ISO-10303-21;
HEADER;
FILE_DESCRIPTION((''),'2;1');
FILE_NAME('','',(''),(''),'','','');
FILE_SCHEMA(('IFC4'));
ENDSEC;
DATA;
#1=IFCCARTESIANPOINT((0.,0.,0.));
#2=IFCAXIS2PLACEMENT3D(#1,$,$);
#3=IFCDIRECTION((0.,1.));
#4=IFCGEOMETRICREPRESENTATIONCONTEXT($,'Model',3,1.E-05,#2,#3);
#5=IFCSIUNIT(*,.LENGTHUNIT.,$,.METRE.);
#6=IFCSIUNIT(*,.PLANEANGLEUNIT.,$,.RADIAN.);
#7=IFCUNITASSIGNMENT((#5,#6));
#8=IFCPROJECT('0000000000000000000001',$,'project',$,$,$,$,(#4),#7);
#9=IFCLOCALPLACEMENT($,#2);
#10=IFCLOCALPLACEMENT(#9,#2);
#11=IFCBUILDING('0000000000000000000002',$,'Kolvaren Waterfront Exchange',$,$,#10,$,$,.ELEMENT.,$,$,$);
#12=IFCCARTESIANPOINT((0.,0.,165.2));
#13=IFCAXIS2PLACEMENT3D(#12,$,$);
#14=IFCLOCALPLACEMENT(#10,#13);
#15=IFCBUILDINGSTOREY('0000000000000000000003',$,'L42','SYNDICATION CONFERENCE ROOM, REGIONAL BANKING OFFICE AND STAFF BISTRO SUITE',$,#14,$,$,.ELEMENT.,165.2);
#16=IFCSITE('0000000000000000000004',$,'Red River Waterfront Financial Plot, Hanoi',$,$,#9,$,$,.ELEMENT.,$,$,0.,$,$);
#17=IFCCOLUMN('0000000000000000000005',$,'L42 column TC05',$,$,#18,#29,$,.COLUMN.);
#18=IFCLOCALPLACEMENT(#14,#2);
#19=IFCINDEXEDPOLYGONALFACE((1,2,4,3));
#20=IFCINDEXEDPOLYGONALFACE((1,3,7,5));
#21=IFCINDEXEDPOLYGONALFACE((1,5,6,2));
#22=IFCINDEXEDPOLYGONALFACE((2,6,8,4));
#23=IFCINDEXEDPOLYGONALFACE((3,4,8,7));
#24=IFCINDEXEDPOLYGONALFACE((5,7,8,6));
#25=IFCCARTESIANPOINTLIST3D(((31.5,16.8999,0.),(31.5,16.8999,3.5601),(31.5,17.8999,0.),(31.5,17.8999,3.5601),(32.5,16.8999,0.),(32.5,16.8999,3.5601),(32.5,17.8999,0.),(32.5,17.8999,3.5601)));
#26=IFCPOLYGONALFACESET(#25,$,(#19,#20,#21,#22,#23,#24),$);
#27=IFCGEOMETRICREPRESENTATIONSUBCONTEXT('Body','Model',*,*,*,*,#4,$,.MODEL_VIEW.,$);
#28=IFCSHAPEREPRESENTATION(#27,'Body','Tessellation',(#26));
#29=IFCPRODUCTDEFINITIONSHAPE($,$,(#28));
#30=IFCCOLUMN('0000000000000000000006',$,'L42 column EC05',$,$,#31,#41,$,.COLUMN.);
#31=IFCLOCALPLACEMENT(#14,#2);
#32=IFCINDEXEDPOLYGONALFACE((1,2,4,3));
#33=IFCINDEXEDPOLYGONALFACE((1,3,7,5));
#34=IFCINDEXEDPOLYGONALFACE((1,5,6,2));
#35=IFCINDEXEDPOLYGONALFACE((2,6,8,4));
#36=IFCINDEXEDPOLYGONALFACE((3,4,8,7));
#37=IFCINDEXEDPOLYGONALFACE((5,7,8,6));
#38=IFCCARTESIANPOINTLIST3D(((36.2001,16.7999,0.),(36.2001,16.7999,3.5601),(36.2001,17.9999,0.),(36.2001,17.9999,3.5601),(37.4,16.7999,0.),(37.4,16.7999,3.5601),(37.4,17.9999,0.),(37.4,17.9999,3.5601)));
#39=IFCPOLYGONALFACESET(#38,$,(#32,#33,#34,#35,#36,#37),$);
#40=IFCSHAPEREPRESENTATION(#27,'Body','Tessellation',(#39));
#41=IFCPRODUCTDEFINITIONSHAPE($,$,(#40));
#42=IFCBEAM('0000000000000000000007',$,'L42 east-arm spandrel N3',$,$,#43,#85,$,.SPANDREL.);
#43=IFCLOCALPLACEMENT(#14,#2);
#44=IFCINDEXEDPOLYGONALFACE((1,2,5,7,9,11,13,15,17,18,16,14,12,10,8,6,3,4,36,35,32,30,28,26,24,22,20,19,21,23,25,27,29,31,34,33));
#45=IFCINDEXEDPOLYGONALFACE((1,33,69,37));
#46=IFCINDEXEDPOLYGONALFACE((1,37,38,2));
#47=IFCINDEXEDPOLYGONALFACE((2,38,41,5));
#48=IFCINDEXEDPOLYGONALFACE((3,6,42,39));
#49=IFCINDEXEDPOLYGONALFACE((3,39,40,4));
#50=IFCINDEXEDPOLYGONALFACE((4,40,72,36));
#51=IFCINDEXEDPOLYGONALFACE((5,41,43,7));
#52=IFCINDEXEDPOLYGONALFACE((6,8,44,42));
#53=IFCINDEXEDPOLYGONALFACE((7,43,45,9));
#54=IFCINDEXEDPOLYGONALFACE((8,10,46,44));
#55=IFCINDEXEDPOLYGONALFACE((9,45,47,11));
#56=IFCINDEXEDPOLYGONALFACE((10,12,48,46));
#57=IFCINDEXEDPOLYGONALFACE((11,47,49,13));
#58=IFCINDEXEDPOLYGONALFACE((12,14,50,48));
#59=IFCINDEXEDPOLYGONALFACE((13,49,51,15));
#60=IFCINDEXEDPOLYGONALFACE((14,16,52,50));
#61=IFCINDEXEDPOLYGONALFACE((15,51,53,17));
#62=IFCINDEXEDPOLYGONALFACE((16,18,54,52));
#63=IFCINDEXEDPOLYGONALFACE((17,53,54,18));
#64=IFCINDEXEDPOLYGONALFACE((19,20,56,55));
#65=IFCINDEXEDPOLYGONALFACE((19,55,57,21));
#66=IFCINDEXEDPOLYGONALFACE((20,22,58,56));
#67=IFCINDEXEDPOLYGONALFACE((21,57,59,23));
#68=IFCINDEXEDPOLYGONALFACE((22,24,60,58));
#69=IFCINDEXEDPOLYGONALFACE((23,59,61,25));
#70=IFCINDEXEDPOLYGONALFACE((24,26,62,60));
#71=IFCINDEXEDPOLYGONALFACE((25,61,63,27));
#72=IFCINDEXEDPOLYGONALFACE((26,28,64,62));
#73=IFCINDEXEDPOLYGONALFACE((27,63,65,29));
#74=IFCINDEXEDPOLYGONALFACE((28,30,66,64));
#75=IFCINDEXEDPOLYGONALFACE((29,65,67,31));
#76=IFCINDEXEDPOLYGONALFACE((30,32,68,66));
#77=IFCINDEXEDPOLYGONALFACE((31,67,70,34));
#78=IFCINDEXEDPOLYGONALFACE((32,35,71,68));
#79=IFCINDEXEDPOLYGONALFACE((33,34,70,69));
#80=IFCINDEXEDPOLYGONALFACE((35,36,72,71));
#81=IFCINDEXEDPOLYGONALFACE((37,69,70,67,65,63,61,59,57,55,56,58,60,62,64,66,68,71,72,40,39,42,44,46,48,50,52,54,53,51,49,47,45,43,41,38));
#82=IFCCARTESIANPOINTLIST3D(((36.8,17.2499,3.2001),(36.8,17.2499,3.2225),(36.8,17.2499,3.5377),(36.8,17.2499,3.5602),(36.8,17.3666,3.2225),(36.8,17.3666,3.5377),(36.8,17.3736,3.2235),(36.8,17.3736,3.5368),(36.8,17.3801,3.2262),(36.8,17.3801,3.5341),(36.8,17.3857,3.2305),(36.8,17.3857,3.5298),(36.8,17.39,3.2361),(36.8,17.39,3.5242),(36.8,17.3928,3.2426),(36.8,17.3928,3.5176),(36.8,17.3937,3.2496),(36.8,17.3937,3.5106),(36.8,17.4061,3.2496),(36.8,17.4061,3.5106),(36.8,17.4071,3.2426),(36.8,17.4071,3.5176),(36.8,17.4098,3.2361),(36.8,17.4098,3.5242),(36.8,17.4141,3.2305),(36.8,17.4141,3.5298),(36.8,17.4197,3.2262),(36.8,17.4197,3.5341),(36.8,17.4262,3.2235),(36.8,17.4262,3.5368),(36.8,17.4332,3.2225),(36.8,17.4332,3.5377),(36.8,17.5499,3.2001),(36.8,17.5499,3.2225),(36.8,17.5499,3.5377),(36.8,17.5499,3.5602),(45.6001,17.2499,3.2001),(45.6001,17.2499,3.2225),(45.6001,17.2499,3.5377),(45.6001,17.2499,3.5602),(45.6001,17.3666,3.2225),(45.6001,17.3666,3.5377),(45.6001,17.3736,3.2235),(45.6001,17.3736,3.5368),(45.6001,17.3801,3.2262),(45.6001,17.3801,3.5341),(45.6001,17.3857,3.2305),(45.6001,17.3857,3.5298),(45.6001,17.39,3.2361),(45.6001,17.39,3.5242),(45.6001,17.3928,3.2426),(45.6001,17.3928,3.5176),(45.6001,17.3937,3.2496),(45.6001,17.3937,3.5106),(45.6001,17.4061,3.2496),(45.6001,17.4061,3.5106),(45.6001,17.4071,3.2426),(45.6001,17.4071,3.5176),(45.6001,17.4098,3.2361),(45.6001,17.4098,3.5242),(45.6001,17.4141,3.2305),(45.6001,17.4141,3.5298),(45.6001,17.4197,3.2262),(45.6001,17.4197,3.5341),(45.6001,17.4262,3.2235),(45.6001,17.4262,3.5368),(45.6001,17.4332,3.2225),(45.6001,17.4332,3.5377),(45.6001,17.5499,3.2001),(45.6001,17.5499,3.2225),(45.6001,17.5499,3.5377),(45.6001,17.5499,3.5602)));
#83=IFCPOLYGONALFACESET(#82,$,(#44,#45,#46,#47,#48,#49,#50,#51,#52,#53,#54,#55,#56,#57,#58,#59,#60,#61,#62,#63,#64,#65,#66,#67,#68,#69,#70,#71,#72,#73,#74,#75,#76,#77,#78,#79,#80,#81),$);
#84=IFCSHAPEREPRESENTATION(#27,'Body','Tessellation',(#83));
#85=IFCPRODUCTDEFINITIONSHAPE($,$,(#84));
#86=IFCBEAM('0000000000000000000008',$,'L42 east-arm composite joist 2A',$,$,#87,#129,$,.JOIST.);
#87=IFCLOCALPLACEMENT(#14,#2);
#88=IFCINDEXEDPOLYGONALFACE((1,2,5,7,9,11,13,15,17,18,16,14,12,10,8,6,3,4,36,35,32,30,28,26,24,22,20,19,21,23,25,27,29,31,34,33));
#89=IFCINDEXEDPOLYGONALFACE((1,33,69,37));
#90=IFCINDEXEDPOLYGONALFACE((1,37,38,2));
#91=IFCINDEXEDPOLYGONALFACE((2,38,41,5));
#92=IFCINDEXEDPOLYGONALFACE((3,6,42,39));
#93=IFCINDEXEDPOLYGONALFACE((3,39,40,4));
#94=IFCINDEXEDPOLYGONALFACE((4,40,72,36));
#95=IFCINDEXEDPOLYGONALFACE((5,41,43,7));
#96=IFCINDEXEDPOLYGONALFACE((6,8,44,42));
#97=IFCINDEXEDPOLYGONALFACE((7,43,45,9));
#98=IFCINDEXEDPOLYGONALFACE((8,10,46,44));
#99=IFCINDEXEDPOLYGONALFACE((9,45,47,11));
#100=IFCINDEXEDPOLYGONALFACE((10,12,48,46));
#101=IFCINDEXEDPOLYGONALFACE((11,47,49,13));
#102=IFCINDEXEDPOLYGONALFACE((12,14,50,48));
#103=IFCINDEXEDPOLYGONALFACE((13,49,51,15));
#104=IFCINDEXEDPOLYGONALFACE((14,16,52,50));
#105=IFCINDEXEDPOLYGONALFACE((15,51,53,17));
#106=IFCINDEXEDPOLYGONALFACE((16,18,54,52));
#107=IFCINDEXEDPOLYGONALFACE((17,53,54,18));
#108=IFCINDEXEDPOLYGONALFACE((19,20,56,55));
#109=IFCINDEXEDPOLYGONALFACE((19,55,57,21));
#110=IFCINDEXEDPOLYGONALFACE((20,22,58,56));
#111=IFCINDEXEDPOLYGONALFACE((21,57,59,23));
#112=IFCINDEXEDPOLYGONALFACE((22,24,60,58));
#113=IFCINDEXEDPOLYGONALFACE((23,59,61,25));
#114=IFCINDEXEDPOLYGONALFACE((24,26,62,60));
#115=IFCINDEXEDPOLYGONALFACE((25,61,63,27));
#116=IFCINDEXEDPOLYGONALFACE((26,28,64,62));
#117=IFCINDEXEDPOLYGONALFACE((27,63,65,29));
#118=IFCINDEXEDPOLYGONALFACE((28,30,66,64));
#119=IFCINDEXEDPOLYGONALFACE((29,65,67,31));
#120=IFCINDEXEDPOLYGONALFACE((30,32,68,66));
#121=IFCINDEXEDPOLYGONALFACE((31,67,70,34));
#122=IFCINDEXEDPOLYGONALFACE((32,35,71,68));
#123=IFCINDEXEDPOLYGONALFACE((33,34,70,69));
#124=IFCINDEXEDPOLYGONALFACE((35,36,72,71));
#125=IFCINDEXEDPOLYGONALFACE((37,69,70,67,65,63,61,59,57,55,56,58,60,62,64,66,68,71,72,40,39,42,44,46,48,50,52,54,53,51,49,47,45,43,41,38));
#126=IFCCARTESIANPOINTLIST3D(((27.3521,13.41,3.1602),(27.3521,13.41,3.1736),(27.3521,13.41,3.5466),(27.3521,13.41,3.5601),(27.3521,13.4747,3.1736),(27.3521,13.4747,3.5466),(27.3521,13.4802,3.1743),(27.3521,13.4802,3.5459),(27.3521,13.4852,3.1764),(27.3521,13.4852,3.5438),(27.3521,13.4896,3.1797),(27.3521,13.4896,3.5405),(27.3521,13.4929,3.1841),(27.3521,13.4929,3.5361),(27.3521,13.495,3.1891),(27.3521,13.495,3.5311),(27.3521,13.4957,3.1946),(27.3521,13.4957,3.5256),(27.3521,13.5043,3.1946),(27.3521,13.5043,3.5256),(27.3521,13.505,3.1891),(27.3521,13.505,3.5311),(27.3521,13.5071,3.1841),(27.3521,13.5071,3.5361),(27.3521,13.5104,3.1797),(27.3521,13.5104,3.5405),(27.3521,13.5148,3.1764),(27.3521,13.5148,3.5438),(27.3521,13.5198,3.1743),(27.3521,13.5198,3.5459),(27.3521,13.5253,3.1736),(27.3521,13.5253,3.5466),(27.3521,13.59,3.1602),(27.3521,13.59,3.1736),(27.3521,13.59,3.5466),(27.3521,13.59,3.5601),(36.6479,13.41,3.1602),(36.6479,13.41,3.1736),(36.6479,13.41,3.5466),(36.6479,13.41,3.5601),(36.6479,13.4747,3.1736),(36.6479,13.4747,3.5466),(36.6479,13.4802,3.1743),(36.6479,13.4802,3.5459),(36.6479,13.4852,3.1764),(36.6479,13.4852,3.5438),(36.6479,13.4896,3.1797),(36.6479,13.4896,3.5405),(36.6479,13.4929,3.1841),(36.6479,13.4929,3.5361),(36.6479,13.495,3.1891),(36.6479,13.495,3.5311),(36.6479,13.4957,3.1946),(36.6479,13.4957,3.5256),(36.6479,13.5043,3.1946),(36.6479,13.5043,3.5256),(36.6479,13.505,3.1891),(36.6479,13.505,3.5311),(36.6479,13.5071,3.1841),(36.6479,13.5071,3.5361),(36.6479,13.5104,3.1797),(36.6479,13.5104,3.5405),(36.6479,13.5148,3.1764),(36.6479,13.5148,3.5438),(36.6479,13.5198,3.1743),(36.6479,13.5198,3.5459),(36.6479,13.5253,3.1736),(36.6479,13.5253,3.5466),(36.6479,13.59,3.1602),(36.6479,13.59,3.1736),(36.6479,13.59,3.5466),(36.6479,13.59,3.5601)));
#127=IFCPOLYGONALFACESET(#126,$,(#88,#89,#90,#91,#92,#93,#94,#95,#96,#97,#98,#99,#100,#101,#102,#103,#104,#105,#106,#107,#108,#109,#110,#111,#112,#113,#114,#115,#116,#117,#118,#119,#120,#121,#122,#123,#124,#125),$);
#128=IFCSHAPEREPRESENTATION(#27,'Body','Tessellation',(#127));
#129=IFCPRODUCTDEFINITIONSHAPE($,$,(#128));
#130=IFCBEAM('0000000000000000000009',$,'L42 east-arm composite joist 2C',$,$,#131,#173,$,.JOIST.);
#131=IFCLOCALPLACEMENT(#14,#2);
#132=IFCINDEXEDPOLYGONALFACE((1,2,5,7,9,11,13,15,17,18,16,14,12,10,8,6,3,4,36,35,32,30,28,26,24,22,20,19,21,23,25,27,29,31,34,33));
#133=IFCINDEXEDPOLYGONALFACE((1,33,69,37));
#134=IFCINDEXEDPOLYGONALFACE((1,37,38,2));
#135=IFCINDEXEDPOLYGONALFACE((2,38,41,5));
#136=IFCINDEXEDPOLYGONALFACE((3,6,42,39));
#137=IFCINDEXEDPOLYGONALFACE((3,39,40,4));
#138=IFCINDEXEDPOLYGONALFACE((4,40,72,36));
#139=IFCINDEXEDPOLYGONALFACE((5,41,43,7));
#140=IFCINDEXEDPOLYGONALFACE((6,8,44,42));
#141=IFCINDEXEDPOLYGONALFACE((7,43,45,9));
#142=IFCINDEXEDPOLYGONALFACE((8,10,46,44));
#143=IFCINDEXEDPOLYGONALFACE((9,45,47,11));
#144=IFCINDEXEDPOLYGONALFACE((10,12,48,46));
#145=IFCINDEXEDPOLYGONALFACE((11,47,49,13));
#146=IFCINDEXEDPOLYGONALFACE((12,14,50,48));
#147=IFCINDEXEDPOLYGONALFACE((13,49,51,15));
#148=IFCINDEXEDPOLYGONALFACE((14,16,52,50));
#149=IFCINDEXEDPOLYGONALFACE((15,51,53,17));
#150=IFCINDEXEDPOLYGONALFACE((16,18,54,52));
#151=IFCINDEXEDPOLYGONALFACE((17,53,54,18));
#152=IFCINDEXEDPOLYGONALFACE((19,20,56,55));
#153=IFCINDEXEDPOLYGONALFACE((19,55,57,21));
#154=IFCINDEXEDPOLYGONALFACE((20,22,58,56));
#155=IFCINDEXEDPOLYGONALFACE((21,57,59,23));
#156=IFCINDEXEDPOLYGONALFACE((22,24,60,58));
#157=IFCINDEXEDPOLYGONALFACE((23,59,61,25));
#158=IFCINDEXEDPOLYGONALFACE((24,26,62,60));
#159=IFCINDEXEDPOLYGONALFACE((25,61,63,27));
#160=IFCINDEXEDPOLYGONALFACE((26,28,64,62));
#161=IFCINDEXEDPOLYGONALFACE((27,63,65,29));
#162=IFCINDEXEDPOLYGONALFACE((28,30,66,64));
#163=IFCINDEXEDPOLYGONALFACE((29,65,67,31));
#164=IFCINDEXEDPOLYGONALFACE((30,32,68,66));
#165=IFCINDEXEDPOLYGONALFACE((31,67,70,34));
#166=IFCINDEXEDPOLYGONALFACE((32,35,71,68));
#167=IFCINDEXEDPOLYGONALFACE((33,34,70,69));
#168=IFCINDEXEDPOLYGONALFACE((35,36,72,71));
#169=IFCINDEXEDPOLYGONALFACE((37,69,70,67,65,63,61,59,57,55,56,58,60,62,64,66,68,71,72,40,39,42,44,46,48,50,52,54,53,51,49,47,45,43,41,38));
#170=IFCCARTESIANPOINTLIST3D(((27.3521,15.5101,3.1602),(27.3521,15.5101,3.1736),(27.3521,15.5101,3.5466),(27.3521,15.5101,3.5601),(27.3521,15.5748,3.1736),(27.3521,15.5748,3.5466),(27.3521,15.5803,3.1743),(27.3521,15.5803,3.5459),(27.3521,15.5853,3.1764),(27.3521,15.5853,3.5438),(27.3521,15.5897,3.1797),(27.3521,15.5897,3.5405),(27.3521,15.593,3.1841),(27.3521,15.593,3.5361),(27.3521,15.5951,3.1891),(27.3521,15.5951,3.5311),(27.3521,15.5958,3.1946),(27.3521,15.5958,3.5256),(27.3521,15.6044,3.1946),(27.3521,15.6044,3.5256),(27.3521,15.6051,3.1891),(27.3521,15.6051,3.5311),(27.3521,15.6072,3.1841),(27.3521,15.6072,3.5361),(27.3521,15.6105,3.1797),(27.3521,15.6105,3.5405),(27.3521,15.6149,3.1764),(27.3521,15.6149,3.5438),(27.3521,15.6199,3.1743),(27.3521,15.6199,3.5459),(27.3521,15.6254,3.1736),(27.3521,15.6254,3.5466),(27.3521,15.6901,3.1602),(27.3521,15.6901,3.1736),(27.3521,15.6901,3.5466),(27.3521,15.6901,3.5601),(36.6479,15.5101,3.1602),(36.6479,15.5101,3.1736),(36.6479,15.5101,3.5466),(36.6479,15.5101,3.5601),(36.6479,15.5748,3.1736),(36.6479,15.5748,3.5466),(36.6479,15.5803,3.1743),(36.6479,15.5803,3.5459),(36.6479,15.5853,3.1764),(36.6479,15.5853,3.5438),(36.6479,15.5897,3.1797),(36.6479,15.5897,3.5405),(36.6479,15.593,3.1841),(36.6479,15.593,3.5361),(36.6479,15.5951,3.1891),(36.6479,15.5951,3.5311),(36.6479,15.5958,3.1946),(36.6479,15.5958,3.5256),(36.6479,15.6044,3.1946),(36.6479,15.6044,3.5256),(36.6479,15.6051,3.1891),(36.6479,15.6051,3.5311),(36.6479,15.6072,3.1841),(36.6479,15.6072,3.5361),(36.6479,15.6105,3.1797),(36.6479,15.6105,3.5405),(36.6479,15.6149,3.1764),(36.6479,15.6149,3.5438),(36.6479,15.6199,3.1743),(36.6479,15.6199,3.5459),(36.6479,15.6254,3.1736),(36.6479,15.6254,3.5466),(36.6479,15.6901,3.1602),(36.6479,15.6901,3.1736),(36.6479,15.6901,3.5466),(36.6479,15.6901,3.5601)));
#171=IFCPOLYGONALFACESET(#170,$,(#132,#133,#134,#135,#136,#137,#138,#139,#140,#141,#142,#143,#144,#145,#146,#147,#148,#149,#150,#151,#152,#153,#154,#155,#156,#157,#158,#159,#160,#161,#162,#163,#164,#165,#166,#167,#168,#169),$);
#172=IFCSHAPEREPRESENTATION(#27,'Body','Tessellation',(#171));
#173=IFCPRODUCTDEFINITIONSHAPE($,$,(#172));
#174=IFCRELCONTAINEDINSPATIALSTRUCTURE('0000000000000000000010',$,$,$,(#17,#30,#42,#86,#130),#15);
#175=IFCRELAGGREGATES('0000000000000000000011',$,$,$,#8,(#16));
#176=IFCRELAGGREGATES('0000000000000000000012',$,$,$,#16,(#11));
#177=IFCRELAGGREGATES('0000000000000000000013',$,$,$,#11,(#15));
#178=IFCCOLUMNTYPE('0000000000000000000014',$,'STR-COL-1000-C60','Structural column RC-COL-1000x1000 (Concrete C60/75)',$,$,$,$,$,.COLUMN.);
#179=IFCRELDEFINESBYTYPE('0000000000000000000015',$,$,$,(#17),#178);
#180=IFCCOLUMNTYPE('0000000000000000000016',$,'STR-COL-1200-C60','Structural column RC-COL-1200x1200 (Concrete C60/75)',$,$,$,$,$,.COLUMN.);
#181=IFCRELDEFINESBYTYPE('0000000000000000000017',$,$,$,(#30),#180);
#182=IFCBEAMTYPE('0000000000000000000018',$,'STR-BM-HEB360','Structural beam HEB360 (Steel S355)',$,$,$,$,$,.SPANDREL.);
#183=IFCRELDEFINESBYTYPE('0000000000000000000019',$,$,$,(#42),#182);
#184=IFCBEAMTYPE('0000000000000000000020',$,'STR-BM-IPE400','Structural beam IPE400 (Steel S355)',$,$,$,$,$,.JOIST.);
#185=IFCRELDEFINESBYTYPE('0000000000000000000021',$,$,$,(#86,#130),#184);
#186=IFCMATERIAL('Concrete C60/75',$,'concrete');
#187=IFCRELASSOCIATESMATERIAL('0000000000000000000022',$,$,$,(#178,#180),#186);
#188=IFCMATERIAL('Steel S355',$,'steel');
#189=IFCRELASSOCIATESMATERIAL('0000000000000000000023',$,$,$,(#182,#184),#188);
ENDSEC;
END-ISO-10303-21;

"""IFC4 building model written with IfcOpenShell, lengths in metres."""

from ifc_helpers import new_model, si_unit, direction, frame, origin, origin_2d, place, context, subcontext, project, spatial, rectangle, i_section, extrude, material, material_profile, profile_set, type_object, element, save


model = new_model("IFC4")

# Units and contexts
model_context = context("Model", 3, precision=1e-05, world=origin(), true_north=direction((0.0, 1.0)))
body_context = subcontext(model_context, "Body", "Model", "MODEL_VIEW")
ifc_project = project(units=[si_unit("LENGTHUNIT", "METRE"), si_unit("PLANEANGLEUNIT", "RADIAN")], contexts=[model_context])

# Site, building, storey
site_placement = place(None, origin())
site = spatial("IfcSite", under=ifc_project, at=site_placement, Name="Red River Waterfront Financial Plot, Hanoi", CompositionType="ELEMENT", RefElevation=0.0)
building_placement = place(site_placement, origin())
building = spatial("IfcBuilding", under=site, at=building_placement, Name="Kolvaren Waterfront Exchange", CompositionType="ELEMENT")
storey_placement = place(building_placement, frame((0.0, 0.0, 165.2)))
storey = spatial("IfcBuildingStorey", under=building, at=storey_placement, Name="L42", Description="SYNDICATION CONFERENCE ROOM, REGIONAL BANKING OFFICE AND STAFF BISTRO SUITE", CompositionType="ELEMENT", Elevation=165.2)

# Columns
ifc_material_1 = material(Name="Concrete C60/75", Category="concrete")
ifc_material_profile_1 = material_profile(ifc_material_1, rectangle(XDim=1.0, YDim=1.0, at=origin_2d()), Name="RC-COL-1000x1000")
ifc_profile_set_1 = profile_set([ifc_material_profile_1], Name="Concrete C60/75")
column_type_1 = type_object("IfcColumnType", Name="STR-COL-1000-C60", Description="Structural column RC-COL-1000x1000 (Concrete C60/75)", PredefinedType="COLUMN", material=ifc_profile_set_1)
column_1_placement = place(storey_placement, frame((32.0, 17.3999, 0.0), z_axis=(0.0, 0.0, 1.0), x_axis=(1.0, 0.0, 0.0)))
element("IfcColumn", 1, at=column_1_placement, inside=storey, type_object=column_type_1, Name="L42 column TC05", PredefinedType="COLUMN", context=body_context, shape_type="SweptSolid", body=[
    extrude(rectangle(XDim=1.0, YDim=1.0, at=origin_2d()), origin(), (0.0, 0.0, 1.0), 3.5601),
])
ifc_material_profile_2 = material_profile(ifc_material_1, rectangle(XDim=1.2, YDim=1.2, at=origin_2d()), Name="RC-COL-1200x1200")
ifc_profile_set_2 = profile_set([ifc_material_profile_2], Name="Concrete C60/75")
column_type_2 = type_object("IfcColumnType", Name="STR-COL-1200-C60", Description="Structural column RC-COL-1200x1200 (Concrete C60/75)", PredefinedType="COLUMN", material=ifc_profile_set_2)
column_2_placement = place(storey_placement, frame((36.8, 17.3999, 0.0), z_axis=(0.0, 0.0, 1.0), x_axis=(1.0, 0.0, 0.0)))
element("IfcColumn", 2, at=column_2_placement, inside=storey, type_object=column_type_2, Name="L42 column EC05", PredefinedType="COLUMN", context=body_context, shape_type="SweptSolid", body=[
    extrude(rectangle(XDim=1.2, YDim=1.2, at=origin_2d()), origin(), (0.0, 0.0, 1.0), 3.5601),
])

# Beams
ifc_material_2 = material(Name="Steel S355", Category="steel")
ifc_material_profile_3 = material_profile(ifc_material_2, i_section(OverallWidth=0.3, OverallDepth=0.3601, WebThickness=0.0125, FlangeThickness=0.0225, FilletRadius=0.0271, at=origin_2d()), Name="HEB360")
ifc_profile_set_3 = profile_set([ifc_material_profile_3], Name="Steel S355")
beam_type_1 = type_object("IfcBeamType", Name="STR-BM-HEB360", Description="Structural beam HEB360 (Steel S355)", PredefinedType="SPANDREL", material=ifc_profile_set_3)
beam_placement = place(storey_placement, frame((36.8, 17.3999, 3.3801), z_axis=(1.0, 0.0, 0.0), x_axis=(0.0, 1.0, 0.0)))
element("IfcBeam", 3, at=beam_placement, inside=storey, type_object=beam_type_1, Name="L42 east-arm spandrel N3", PredefinedType="SPANDREL", context=body_context, shape_type="SweptSolid", body=[
    extrude(i_section(OverallWidth=0.3, OverallDepth=0.3601, WebThickness=0.0125, FlangeThickness=0.0225, FilletRadius=0.0271, at=origin_2d()), origin(), (0.0, 0.0, 1.0), 8.8),
])
ifc_material_profile_4 = material_profile(ifc_material_2, i_section(OverallWidth=0.1799, OverallDepth=0.3999, WebThickness=0.0085, FlangeThickness=0.0134, FilletRadius=0.021, at=origin_2d()), Name="IPE400")
ifc_profile_set_4 = profile_set([ifc_material_profile_4], Name="Steel S355")
beam_type_2 = type_object("IfcBeamType", Name="STR-BM-IPE400", Description="Structural beam IPE400 (Steel S355)", PredefinedType="JOIST", material=ifc_profile_set_4)
for number, where, z_axis, x_axis, name in (
    (4, (27.3521, 13.5, 3.3601), (1.0, 0.0, 0.0), (0.0, 1.0, 0.0), "L42 east-arm composite joist 2A"),
    (5, (27.3521, 15.6001, 3.3601), (1.0, 0.0, 0.0), (0.0, 1.0, 0.0), "L42 east-arm composite joist 2C"),
):
    element("IfcBeam", number, at=place(storey_placement, frame(where, z_axis=z_axis, x_axis=x_axis)), inside=storey, type_object=beam_type_2, Name=name, PredefinedType="JOIST", context=body_context, shape_type="SweptSolid", body=[
        extrude(i_section(OverallWidth=0.1799, OverallDepth=0.3999, WebThickness=0.0085, FlangeThickness=0.0134, FilletRadius=0.021, at=origin_2d()), origin(), (0.0, 0.0, 1.0), 9.2959),
    ])

save(model, "model.ifc")
